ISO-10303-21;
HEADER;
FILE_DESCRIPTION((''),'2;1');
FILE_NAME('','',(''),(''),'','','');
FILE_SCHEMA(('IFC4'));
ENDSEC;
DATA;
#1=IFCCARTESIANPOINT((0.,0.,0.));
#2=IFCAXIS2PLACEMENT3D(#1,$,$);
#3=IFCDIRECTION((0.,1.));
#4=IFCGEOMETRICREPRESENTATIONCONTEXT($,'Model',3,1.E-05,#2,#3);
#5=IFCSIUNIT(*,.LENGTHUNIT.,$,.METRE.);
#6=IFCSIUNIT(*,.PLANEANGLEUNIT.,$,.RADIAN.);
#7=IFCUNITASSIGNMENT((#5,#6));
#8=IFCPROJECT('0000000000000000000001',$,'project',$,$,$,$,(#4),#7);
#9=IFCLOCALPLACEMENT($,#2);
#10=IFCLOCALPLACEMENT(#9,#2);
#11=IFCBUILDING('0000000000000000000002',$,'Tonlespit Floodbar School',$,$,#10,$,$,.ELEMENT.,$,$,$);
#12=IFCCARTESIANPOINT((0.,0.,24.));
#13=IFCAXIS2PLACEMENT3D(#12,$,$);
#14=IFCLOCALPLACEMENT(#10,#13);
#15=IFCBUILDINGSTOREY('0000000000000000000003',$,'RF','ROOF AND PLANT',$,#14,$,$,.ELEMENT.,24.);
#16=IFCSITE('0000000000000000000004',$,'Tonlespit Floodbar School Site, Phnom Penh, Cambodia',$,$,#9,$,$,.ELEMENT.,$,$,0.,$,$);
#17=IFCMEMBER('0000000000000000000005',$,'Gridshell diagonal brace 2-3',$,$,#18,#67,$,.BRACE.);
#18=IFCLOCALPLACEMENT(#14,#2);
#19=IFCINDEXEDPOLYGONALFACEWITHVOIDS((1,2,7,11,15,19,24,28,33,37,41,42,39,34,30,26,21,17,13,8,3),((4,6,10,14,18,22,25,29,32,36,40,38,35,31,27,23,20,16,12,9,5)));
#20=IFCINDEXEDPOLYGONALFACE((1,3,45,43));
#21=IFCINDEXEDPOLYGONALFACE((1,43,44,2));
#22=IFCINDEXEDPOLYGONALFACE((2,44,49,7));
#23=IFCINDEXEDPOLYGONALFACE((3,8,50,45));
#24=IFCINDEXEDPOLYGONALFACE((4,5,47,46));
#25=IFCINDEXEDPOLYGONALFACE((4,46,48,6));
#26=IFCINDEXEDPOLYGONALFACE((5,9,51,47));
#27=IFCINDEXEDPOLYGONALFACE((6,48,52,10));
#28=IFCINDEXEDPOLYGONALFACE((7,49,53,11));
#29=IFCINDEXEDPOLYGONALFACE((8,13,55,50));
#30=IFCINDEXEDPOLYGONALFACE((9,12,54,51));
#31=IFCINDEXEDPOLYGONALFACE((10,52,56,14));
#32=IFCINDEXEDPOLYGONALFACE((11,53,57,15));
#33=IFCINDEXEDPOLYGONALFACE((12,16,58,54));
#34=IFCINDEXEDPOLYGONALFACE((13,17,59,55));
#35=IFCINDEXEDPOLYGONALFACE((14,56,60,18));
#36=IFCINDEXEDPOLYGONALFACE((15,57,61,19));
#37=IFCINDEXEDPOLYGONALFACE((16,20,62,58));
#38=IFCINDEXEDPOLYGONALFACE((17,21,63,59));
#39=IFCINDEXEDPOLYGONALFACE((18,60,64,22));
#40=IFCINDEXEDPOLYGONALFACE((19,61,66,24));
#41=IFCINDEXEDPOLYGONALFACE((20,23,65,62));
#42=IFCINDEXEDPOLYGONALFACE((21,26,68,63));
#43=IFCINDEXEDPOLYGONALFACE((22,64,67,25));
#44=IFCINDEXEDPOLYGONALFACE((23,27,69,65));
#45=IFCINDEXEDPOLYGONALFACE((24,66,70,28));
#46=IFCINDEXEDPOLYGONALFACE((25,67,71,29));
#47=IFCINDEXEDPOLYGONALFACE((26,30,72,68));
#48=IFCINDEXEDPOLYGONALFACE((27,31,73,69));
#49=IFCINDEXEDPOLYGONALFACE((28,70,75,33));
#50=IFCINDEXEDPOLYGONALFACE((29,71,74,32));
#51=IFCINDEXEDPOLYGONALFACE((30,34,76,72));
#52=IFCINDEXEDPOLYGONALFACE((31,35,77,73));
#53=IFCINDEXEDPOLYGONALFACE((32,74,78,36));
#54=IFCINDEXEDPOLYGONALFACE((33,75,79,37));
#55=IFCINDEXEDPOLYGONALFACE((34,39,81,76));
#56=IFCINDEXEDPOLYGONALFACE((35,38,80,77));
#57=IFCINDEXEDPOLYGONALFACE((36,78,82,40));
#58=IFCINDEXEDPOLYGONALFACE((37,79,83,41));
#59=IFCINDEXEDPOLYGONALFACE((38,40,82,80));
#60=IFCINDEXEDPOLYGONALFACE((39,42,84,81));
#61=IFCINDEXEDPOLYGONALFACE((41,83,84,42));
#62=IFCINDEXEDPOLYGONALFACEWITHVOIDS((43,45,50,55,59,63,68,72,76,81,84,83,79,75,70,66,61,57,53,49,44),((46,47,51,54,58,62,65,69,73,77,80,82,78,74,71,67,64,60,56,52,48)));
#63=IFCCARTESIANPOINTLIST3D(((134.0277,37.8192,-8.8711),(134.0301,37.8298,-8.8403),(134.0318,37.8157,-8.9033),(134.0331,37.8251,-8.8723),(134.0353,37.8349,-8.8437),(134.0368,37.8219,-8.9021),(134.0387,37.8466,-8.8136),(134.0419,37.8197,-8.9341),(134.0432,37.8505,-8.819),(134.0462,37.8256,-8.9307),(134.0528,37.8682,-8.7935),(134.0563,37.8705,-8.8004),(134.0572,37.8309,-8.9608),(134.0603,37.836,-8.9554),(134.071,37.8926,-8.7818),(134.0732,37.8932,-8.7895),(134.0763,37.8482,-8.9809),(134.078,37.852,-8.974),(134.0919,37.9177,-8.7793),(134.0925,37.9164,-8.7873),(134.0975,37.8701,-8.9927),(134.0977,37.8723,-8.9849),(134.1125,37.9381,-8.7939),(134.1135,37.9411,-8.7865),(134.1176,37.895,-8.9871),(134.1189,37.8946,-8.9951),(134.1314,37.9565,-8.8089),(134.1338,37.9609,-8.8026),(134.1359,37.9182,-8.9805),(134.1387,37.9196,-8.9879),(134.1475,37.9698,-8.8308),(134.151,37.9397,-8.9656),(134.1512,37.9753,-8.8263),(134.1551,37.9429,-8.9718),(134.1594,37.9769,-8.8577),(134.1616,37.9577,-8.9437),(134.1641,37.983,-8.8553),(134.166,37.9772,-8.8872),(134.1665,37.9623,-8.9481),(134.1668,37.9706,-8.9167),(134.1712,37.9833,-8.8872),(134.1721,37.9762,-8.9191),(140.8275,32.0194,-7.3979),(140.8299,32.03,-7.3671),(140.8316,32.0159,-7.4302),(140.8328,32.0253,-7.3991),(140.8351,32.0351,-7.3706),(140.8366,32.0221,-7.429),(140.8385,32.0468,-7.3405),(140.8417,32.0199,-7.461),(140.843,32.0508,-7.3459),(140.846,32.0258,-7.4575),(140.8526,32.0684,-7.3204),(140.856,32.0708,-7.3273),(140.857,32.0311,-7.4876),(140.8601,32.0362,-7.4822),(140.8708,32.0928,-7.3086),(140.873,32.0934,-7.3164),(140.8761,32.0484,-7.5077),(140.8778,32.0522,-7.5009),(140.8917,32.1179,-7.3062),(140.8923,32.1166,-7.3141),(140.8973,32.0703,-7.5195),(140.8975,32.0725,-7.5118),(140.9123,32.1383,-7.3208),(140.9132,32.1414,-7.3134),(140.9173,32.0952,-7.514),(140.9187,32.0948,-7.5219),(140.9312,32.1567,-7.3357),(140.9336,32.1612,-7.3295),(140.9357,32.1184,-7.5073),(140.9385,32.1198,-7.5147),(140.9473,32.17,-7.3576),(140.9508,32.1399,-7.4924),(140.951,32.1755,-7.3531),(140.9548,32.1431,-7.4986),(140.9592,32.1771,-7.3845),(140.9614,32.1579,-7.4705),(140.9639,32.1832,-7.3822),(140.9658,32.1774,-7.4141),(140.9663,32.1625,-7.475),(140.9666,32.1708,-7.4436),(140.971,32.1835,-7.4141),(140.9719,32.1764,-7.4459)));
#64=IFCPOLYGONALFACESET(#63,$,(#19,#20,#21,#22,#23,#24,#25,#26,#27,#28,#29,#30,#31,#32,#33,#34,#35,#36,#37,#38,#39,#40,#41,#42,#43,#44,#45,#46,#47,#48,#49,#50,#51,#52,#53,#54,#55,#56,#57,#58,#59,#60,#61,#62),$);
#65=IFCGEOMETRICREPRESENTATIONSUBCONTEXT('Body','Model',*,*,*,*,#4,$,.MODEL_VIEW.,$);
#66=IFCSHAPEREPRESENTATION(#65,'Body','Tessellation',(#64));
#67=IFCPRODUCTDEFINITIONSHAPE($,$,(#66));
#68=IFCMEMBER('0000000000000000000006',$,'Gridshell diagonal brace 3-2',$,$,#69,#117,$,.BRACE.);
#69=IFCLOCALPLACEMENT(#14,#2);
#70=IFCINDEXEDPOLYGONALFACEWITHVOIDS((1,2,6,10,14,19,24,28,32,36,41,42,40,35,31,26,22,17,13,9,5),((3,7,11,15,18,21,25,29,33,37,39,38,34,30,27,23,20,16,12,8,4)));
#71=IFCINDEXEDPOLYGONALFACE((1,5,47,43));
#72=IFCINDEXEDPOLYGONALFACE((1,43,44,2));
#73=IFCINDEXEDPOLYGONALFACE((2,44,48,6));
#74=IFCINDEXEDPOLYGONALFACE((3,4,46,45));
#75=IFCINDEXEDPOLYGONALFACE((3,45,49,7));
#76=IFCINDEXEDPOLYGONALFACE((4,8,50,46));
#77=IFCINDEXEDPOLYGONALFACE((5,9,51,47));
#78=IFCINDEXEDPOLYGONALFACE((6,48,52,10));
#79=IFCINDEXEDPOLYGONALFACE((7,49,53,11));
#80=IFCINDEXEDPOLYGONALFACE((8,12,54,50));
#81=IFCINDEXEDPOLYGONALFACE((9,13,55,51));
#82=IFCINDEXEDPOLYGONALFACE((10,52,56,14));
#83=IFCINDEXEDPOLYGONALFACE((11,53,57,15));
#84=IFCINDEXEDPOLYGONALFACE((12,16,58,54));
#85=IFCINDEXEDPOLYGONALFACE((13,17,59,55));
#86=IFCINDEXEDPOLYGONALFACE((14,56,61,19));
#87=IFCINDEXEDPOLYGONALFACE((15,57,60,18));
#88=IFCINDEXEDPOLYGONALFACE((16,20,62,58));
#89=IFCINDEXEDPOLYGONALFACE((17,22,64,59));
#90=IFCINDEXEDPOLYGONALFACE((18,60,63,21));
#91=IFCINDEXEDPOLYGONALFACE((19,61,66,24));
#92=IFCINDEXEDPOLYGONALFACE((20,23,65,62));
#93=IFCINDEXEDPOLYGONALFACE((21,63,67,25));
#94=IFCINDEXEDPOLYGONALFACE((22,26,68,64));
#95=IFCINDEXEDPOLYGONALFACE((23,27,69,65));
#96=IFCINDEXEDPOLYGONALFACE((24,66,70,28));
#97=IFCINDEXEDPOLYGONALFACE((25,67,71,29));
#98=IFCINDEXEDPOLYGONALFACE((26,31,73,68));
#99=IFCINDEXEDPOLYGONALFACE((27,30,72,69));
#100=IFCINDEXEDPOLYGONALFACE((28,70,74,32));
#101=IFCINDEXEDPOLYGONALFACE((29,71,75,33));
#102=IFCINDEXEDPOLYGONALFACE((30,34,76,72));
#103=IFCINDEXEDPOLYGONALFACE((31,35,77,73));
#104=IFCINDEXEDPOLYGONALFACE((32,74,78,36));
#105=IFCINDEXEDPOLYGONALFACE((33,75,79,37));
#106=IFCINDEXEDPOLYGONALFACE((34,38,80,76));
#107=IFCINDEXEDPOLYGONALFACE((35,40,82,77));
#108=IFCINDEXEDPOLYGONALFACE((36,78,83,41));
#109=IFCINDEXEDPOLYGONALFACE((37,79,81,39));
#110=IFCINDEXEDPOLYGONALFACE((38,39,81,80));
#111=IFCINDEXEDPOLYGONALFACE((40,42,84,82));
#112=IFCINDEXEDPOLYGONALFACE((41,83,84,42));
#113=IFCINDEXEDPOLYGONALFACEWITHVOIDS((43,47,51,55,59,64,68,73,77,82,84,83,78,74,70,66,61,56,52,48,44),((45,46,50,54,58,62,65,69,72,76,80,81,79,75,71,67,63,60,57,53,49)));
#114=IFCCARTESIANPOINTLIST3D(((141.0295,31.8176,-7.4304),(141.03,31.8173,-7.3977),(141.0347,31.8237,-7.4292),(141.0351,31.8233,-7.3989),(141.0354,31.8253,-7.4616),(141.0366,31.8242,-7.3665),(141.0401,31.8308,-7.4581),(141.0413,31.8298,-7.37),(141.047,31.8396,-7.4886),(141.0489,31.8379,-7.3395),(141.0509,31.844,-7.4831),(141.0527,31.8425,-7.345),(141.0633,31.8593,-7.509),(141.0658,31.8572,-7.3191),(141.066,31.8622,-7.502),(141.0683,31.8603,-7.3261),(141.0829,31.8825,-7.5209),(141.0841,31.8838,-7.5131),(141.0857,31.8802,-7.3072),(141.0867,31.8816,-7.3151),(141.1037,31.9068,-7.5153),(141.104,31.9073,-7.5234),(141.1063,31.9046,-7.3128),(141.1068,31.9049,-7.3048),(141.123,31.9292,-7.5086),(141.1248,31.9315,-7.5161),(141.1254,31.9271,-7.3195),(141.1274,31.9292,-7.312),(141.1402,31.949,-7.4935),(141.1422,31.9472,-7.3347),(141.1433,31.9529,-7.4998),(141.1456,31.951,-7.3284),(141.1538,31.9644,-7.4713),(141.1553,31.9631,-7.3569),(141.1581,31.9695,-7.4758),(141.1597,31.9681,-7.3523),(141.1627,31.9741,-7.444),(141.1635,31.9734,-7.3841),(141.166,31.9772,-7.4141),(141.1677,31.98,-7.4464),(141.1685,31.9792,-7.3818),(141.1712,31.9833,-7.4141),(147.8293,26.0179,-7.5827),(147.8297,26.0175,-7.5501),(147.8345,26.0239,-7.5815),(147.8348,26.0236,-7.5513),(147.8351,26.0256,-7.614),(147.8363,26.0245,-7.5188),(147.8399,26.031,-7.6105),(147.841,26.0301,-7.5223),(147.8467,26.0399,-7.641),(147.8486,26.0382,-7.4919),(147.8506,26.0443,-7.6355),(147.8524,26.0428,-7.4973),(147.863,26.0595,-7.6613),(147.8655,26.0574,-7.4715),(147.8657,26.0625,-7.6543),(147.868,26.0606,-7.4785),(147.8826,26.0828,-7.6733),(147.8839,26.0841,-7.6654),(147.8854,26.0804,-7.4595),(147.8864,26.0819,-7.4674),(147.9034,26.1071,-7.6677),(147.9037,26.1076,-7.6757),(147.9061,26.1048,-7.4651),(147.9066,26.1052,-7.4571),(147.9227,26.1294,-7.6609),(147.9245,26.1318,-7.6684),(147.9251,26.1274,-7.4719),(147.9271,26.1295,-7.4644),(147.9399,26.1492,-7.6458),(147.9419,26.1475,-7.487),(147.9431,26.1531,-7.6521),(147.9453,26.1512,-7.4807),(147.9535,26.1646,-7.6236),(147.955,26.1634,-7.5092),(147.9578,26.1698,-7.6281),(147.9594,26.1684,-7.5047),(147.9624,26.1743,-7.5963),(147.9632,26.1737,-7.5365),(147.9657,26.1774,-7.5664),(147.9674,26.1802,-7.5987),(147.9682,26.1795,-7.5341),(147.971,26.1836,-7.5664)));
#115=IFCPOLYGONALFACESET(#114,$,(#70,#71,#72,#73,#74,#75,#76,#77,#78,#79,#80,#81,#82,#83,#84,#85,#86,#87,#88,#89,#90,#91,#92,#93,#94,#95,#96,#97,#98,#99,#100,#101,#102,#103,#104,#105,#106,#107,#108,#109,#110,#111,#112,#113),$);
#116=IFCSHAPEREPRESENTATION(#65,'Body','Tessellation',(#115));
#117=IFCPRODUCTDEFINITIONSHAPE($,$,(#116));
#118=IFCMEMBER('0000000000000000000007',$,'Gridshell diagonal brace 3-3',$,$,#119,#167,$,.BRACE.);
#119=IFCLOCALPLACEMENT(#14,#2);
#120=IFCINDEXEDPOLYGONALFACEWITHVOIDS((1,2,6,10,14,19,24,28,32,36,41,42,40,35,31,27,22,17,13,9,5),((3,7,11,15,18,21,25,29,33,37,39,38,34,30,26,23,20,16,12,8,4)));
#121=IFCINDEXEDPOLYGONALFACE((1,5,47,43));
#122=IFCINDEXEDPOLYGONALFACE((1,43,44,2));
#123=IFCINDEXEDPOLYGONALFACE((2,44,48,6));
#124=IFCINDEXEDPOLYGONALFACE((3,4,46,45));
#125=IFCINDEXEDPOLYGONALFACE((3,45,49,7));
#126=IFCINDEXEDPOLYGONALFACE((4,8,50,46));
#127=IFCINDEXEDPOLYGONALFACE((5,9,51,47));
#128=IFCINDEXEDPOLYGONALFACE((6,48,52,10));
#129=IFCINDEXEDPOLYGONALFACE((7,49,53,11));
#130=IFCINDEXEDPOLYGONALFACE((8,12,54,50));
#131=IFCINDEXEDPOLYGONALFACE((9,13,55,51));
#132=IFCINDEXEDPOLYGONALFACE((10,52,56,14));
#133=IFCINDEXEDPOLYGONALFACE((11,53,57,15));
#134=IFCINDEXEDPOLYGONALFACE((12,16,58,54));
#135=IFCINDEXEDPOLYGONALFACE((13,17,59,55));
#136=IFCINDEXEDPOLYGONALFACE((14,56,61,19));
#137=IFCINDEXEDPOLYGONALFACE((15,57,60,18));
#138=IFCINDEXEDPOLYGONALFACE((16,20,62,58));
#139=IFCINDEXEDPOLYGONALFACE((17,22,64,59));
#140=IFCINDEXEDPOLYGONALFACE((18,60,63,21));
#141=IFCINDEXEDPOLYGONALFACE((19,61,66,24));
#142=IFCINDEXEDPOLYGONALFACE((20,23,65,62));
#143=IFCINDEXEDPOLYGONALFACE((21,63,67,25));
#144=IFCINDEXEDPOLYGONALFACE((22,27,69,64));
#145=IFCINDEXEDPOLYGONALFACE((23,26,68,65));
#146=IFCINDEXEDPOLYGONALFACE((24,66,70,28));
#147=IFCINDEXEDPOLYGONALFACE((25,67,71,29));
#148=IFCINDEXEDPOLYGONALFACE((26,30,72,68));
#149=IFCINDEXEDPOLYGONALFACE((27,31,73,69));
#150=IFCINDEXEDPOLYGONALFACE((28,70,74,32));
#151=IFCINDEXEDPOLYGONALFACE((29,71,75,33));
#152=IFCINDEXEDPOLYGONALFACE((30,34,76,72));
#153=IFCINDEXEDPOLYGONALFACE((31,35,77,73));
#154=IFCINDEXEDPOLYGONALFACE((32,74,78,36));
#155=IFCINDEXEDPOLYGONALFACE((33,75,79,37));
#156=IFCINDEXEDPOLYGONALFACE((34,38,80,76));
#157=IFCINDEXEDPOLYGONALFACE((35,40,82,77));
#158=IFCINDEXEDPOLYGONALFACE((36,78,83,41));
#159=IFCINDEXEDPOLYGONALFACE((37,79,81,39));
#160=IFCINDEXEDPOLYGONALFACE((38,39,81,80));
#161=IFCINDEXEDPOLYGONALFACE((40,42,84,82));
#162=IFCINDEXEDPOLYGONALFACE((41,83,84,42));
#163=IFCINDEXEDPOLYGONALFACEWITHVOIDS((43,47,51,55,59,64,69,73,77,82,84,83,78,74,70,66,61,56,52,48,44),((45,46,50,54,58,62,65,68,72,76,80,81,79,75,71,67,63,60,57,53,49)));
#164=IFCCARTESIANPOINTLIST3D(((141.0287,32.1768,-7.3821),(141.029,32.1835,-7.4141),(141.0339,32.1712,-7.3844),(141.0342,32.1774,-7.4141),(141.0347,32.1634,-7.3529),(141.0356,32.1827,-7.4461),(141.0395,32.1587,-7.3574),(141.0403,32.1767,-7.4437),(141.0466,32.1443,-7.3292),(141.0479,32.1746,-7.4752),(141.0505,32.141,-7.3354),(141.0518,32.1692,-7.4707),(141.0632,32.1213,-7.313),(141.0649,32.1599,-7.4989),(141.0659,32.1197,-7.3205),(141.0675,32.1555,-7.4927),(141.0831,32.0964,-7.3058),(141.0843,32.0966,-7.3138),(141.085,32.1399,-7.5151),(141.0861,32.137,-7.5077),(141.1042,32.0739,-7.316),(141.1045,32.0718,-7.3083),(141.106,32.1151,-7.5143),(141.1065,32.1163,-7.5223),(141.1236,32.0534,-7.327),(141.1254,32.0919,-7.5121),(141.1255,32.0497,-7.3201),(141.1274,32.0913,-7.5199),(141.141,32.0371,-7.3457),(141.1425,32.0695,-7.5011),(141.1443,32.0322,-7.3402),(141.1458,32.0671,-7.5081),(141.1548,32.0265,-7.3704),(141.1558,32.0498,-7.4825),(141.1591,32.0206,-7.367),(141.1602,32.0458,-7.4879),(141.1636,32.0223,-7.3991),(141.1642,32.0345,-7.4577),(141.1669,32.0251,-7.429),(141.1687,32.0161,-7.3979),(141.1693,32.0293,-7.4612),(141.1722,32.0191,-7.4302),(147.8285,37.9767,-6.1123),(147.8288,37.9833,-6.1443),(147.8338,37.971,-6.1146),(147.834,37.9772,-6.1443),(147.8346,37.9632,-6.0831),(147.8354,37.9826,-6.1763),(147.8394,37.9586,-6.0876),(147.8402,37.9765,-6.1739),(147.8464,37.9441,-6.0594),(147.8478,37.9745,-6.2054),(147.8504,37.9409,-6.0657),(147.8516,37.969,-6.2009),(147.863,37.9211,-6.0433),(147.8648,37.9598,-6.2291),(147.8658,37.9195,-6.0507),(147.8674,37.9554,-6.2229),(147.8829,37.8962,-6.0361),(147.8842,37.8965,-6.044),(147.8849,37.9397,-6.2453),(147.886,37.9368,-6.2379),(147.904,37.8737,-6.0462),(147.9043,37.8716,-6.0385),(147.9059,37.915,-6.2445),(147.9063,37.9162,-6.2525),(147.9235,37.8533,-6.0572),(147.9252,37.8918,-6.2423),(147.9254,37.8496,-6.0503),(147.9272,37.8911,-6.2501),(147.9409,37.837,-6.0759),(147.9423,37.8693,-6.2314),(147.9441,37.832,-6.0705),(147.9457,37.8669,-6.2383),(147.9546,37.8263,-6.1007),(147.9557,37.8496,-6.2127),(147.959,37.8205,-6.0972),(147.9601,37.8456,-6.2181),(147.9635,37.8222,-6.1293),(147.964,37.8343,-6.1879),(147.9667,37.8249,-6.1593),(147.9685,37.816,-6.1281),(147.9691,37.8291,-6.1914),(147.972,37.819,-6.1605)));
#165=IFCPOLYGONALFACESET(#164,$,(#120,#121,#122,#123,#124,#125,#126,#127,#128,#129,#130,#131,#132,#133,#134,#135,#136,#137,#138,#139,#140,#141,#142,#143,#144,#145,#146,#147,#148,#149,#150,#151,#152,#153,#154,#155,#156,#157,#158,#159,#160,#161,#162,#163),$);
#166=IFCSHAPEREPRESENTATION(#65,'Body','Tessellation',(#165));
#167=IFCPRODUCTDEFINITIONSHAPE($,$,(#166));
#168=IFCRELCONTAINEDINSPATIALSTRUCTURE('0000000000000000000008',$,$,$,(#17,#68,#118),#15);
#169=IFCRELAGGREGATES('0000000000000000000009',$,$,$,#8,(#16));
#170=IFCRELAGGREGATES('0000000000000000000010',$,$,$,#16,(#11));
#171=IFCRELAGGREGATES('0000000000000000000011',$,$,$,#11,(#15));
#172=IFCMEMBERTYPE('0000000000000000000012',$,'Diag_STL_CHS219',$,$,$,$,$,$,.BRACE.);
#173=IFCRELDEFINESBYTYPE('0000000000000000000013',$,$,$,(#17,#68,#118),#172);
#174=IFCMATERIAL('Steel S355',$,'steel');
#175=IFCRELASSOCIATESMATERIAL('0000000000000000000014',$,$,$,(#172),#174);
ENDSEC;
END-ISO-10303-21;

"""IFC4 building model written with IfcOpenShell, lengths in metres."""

from ifc_helpers import new_model, si_unit, direction, frame, origin, origin_2d, place, context, subcontext, project, spatial, hollow_circle, extrude, material, material_profile, profile_set, type_object, element, save


model = new_model("IFC4")

# Units and contexts
model_context = context("Model", 3, precision=1e-05, world=origin(), true_north=direction((0.0, 1.0)))
body_context = subcontext(model_context, "Body", "Model", "MODEL_VIEW")
ifc_project = project(units=[si_unit("LENGTHUNIT", "METRE"), si_unit("PLANEANGLEUNIT", "RADIAN")], contexts=[model_context])

# Site, building, storey
site_placement = place(None, origin())
site = spatial("IfcSite", under=ifc_project, at=site_placement, Name="Tonlespit Floodbar School Site, Phnom Penh, Cambodia", CompositionType="ELEMENT", RefElevation=0.0)
building_placement = place(site_placement, origin())
building = spatial("IfcBuilding", under=site, at=building_placement, Name="Tonlespit Floodbar School", CompositionType="ELEMENT")
storey_placement = place(building_placement, frame((0.0, 0.0, 24.0)))
storey = spatial("IfcBuildingStorey", under=building, at=storey_placement, Name="RF", Description="ROOF AND PLANT", CompositionType="ELEMENT", Elevation=24.0)

# Members
ifc_material_1 = material(Name="Steel S355", Category="steel")
ifc_material_profile_1 = material_profile(ifc_material_1, hollow_circle(Radius=0.1096, WallThickness=0.0081, at=origin_2d()), Name="CHS 219.1x8")
ifc_profile_set_1 = profile_set([ifc_material_profile_1], Name="Steel S355")
member_type_1 = type_object("IfcMemberType", Name="Diag_STL_CHS219", PredefinedType="BRACE", material=ifc_profile_set_1)
member_1_placement = place(storey_placement, frame((134.1001, 37.8999, -8.8872), z_axis=(0.750706, -0.640305, 0.162637), x_axis=(0.648945, 0.760836, 0.0)))
element("IfcMember", 1, at=member_1_placement, inside=storey, type_object=member_type_1, Name="Gridshell diagonal brace 2-3", PredefinedType="BRACE", context=body_context, shape_type="SweptSolid", body=[
    extrude(hollow_circle(Radius=0.1096, WallThickness=0.0081, at=origin_2d()), origin(), (0.0, 0.0, 1.0), 9.0579),
])
member_2_placement = place(storey_placement, frame((141.1001, 31.8999, -7.4141), z_axis=(0.760725, -0.64885, -0.017043), x_axis=(0.648945, 0.760836, 0.0)))
element("IfcMember", 2, at=member_2_placement, inside=storey, type_object=member_type_1, Name="Gridshell diagonal brace 3-2", PredefinedType="BRACE", context=body_context, shape_type="SweptSolid", body=[
    extrude(hollow_circle(Radius=0.1096, WallThickness=0.0081, at=origin_2d()), origin(), (0.0, 0.0, 1.0), 8.9385),
])
member_3_placement = place(storey_placement, frame((141.1001, 32.1001, -7.4141), z_axis=(0.753271, 0.642493, 0.140664), x_axis=(-0.648945, 0.760836, 0.0)))
element("IfcMember", 3, at=member_3_placement, inside=storey, type_object=member_type_1, Name="Gridshell diagonal brace 3-3", PredefinedType="BRACE", context=body_context, shape_type="SweptSolid", body=[
    extrude(hollow_circle(Radius=0.1096, WallThickness=0.0081, at=origin_2d()), origin(), (0.0, 0.0, 1.0), 9.0271),
])

save(model, "model.ifc")
